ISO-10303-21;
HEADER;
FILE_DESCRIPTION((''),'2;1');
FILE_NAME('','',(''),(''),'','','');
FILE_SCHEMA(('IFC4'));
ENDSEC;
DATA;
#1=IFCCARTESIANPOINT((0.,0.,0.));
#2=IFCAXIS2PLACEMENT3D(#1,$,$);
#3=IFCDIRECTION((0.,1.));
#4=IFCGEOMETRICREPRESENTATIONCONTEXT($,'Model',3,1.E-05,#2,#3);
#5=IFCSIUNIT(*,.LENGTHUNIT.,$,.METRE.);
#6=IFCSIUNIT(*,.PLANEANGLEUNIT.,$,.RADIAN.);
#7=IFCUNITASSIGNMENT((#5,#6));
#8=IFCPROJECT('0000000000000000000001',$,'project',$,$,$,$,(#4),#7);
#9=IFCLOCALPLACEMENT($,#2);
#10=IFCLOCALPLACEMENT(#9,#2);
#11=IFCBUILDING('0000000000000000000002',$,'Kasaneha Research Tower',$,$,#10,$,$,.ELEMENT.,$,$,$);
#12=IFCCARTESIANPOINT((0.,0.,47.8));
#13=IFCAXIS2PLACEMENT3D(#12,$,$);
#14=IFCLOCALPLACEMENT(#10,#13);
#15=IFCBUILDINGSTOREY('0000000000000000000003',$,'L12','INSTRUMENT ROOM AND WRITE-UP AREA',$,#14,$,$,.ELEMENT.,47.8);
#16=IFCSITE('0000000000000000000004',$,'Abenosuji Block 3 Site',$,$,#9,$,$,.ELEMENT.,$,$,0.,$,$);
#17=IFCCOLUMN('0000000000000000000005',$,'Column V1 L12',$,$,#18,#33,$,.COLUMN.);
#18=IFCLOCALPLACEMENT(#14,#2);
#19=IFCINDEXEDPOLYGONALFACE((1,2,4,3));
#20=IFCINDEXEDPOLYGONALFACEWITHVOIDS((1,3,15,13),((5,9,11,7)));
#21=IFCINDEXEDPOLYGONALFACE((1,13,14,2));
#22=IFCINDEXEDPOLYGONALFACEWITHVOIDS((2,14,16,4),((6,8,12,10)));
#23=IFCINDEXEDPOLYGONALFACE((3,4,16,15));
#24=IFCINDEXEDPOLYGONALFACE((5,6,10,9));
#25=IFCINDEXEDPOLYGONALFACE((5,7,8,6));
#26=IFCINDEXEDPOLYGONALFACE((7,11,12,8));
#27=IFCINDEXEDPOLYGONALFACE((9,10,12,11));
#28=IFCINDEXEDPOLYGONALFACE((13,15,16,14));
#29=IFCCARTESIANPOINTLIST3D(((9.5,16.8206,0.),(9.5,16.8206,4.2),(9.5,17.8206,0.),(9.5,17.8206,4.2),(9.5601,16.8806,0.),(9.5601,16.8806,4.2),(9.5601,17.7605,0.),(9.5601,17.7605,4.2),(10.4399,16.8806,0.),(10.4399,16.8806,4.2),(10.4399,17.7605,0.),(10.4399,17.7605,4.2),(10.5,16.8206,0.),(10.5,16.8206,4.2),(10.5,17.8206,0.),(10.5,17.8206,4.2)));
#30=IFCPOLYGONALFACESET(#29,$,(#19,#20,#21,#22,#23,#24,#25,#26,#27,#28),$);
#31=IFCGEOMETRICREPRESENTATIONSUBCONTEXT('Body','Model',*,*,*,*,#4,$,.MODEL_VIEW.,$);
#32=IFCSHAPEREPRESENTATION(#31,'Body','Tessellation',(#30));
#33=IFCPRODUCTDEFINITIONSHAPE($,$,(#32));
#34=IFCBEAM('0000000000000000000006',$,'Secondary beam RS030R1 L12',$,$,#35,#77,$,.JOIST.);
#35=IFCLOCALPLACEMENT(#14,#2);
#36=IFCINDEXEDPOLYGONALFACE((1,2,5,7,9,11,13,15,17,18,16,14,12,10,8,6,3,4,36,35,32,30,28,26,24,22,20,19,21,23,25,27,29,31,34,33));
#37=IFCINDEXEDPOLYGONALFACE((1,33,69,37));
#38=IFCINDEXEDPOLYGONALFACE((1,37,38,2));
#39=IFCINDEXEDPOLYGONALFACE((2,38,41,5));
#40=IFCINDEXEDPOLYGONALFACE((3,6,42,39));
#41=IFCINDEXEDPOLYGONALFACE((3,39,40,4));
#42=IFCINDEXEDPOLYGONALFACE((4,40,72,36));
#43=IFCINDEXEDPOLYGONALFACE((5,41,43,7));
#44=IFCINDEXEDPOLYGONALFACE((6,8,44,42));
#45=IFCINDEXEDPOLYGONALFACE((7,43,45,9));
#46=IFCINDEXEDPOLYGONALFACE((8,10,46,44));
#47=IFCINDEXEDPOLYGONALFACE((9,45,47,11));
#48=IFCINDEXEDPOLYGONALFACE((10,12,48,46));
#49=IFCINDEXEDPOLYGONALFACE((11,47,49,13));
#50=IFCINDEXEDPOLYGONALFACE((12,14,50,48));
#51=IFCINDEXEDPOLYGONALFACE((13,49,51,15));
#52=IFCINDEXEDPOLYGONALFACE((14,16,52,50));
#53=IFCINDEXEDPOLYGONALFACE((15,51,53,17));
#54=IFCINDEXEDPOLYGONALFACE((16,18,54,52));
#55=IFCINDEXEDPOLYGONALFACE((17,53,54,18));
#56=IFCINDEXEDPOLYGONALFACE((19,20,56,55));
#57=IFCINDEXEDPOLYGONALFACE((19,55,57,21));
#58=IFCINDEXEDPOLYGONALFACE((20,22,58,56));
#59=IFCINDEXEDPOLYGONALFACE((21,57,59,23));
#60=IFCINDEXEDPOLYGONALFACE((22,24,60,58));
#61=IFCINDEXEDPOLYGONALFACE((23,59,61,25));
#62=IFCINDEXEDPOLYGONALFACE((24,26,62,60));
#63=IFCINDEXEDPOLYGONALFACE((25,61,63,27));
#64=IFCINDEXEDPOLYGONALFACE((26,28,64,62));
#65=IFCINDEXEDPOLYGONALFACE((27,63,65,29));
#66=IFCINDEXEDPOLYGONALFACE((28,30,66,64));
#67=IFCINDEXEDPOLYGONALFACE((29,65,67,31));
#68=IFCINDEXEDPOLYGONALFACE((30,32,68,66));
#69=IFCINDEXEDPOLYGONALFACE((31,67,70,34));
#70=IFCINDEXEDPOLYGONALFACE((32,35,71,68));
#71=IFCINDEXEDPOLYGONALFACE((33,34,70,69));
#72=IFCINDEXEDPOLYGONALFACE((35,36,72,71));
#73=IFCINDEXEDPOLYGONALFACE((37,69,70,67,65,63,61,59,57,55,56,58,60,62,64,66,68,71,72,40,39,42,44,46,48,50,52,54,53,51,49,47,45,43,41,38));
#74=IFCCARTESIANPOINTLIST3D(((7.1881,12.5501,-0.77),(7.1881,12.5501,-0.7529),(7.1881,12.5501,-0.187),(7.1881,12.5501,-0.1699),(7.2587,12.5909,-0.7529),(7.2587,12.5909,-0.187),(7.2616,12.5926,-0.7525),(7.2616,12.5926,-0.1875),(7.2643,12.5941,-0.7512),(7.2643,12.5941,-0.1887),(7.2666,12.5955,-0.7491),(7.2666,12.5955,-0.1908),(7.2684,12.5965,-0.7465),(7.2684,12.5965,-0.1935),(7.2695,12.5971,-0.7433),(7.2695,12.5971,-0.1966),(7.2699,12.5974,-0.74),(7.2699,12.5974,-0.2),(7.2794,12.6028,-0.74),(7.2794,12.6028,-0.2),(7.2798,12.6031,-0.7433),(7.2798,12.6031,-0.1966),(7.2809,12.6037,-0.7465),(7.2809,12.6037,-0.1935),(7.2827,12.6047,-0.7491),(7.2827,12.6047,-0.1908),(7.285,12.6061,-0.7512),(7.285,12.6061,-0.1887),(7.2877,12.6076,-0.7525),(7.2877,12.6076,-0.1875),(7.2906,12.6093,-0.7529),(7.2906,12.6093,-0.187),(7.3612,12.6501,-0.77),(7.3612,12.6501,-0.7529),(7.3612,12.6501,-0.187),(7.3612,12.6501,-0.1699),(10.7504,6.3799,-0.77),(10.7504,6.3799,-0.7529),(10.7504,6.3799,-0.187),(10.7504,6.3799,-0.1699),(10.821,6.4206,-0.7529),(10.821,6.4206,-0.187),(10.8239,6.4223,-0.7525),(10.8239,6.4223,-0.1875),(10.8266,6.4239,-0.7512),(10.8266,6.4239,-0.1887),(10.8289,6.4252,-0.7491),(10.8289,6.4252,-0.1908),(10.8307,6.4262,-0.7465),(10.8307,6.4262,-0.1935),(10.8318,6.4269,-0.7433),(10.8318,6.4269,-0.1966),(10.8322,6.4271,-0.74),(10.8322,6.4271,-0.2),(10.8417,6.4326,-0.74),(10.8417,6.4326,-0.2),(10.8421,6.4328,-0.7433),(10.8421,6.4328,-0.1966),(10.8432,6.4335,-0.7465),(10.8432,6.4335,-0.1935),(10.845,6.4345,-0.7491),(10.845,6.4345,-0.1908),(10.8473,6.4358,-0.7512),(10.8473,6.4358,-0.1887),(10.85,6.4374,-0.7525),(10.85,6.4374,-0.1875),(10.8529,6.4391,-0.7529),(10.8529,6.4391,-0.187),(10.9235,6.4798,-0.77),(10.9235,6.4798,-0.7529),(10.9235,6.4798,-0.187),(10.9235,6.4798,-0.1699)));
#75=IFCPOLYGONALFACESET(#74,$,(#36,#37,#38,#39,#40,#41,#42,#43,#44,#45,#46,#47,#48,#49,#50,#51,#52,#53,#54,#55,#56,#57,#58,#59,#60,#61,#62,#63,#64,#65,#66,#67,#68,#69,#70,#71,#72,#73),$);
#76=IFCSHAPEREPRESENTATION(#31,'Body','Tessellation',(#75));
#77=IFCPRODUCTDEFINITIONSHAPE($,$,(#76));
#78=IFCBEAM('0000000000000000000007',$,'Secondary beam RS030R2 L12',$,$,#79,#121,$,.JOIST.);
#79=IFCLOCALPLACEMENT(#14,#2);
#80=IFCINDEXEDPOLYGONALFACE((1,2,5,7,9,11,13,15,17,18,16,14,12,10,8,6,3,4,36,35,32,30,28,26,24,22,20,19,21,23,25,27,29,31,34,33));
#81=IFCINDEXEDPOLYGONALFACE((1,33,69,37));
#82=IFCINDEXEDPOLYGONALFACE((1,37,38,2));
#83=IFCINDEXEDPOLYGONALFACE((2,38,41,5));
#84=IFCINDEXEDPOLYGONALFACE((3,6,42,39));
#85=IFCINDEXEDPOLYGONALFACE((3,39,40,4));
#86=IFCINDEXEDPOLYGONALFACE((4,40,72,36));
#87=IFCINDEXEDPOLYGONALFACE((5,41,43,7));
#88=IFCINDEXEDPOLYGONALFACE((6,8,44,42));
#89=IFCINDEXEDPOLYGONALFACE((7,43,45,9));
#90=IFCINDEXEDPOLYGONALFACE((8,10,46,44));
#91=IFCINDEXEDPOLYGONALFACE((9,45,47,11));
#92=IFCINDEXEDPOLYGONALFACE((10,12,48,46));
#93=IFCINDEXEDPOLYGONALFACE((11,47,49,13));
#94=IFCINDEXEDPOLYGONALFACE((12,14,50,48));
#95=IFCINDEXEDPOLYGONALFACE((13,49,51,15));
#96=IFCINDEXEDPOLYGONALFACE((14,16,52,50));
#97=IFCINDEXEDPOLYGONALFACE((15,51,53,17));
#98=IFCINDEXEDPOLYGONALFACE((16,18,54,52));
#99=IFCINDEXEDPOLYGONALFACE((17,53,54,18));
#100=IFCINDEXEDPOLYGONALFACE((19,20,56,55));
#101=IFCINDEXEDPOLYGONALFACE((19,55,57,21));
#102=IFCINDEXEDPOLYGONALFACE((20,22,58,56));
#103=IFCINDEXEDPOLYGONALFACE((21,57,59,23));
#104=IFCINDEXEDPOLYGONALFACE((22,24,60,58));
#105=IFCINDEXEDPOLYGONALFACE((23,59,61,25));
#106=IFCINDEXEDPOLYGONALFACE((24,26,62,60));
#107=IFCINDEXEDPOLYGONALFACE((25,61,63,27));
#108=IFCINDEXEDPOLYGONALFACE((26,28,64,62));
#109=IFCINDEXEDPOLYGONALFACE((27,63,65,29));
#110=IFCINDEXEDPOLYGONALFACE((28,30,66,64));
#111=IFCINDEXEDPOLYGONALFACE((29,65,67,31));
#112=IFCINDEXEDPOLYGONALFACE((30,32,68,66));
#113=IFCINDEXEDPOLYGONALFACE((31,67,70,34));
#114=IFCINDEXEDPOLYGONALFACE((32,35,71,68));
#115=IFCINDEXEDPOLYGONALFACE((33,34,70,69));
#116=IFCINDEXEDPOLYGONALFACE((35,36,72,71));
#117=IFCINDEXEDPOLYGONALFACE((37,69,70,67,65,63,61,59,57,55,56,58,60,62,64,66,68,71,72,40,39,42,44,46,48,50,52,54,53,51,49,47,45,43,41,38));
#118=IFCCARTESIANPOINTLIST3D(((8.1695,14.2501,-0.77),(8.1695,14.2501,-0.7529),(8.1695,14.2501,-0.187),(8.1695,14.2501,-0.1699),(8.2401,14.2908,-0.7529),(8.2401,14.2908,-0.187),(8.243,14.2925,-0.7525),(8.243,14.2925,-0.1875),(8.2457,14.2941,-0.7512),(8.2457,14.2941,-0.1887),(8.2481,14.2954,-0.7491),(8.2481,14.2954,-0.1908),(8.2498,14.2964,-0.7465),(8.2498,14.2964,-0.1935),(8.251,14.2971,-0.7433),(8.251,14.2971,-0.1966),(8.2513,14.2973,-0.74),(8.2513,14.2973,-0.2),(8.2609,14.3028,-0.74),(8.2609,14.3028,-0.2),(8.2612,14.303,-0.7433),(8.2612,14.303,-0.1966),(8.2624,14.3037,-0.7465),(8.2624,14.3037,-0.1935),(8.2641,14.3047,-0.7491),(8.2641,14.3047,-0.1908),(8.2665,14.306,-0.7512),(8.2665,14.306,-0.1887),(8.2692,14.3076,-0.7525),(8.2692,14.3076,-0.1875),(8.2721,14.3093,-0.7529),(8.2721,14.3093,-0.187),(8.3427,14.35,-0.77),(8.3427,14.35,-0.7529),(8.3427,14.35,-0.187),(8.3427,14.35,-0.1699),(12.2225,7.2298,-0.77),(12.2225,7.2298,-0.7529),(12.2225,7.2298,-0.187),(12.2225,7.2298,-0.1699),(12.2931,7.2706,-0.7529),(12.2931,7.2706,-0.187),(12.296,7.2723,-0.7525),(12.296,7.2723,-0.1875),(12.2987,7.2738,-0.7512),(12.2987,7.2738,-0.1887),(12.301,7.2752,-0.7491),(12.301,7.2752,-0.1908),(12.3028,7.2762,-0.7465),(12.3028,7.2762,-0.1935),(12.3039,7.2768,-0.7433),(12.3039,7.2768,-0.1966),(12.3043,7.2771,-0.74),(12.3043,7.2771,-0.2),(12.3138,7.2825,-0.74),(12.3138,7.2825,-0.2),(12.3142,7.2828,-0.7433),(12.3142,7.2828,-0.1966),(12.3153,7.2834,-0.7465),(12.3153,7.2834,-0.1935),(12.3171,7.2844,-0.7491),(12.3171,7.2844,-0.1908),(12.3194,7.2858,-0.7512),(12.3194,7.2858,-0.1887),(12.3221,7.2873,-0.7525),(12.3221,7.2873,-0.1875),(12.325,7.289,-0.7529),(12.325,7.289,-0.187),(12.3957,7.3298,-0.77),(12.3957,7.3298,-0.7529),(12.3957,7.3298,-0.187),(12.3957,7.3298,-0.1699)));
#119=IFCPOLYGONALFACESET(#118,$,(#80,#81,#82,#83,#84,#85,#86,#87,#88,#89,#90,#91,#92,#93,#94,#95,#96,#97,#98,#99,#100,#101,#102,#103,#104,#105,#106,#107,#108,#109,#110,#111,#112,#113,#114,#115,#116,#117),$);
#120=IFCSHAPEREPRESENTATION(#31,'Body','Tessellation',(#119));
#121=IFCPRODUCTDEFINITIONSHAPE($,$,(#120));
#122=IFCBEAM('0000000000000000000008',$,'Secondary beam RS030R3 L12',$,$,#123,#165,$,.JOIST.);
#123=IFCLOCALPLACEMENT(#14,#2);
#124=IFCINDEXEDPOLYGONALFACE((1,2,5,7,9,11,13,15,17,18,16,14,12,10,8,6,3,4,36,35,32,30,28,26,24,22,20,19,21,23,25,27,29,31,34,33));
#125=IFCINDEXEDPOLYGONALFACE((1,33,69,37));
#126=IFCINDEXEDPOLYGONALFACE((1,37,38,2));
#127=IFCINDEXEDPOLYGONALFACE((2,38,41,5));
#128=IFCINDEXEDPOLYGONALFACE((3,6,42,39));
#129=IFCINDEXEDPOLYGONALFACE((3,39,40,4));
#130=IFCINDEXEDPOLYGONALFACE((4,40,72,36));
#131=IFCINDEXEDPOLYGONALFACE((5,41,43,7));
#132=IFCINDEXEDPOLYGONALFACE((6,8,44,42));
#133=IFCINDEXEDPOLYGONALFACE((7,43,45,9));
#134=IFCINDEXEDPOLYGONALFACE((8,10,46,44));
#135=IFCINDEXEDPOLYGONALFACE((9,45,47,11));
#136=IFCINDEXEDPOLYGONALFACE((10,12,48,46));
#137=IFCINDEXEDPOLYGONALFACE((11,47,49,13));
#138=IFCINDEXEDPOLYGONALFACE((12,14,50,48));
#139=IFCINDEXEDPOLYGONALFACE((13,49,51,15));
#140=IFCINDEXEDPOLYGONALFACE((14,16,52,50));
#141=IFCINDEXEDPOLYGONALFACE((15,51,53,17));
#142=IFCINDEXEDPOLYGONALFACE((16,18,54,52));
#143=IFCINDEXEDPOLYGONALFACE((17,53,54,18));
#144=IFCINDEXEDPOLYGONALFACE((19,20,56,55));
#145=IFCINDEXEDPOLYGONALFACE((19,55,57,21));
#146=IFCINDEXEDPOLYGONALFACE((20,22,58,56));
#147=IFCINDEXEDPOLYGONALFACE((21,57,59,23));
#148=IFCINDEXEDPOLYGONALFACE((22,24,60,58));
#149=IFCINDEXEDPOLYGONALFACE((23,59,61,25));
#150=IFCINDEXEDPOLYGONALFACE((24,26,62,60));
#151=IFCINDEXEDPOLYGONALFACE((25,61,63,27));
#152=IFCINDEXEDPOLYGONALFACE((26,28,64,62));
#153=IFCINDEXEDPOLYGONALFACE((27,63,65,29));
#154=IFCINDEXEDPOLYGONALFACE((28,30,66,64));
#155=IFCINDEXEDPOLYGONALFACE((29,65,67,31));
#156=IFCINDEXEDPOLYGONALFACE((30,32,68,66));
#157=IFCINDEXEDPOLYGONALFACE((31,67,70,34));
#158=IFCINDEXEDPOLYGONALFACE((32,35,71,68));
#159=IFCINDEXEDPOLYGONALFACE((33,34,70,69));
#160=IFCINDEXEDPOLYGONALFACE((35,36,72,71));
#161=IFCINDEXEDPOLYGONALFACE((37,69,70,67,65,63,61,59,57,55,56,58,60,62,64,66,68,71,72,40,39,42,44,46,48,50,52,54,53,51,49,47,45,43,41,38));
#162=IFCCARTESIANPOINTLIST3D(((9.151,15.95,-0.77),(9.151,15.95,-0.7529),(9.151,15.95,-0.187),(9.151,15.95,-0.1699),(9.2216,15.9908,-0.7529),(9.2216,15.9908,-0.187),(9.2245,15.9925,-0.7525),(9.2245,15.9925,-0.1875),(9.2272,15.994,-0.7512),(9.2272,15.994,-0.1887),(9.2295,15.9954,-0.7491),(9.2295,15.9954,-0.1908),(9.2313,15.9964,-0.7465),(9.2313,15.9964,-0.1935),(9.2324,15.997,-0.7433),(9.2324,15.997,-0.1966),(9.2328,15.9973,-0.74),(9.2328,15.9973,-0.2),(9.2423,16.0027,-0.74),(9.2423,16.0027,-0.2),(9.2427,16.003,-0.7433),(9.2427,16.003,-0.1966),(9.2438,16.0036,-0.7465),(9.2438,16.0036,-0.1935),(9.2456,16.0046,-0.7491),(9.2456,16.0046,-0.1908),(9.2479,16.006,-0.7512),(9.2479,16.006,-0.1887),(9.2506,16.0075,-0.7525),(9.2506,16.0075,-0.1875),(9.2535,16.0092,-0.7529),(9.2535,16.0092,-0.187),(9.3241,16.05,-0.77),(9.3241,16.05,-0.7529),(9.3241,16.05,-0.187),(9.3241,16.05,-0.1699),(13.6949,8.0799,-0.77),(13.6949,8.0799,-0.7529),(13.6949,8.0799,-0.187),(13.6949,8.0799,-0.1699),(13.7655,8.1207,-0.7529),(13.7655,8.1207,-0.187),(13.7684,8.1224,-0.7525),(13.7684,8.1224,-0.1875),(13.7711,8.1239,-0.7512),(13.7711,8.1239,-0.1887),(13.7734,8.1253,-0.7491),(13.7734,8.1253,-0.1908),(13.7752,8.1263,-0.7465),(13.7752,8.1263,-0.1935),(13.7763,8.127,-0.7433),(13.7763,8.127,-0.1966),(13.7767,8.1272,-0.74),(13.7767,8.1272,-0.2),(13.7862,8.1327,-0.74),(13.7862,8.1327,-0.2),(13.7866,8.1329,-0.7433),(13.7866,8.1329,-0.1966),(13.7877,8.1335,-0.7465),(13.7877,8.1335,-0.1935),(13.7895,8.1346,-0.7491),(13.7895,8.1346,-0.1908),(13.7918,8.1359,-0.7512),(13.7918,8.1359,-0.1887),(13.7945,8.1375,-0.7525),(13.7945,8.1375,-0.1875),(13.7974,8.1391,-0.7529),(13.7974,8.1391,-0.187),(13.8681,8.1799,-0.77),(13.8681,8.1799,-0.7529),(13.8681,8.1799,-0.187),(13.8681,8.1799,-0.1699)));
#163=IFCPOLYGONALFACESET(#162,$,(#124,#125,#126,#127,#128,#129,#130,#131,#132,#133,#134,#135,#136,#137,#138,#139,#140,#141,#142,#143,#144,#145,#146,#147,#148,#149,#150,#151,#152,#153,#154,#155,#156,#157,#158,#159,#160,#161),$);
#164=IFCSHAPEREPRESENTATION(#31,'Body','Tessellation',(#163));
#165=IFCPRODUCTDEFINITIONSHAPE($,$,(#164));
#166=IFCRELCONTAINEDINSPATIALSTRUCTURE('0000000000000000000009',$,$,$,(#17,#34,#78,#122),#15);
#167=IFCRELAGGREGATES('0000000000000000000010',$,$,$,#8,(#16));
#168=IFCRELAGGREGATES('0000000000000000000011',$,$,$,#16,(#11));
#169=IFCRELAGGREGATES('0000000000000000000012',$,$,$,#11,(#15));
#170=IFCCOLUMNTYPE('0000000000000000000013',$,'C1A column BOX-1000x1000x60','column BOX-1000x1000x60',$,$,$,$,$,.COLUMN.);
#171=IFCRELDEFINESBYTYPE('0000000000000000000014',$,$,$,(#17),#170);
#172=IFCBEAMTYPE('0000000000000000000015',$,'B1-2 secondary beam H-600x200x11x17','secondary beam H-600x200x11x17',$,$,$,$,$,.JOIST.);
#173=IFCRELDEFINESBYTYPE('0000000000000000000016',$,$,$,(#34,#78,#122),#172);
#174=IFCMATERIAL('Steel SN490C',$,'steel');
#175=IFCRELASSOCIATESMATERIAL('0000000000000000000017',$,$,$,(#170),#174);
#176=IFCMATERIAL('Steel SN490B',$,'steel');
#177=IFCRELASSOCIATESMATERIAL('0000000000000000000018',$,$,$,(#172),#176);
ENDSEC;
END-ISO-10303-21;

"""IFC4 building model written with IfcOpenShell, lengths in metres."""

from ifc_helpers import new_model, si_unit, direction, frame, origin, origin_2d, place, context, subcontext, project, spatial, hollow_rectangle, i_section, extrude, material, material_profile, profile_set, type_object, element, save


model = new_model("IFC4")

# Units and contexts
model_context = context("Model", 3, precision=1e-05, world=origin(), true_north=direction((0.0, 1.0)))
body_context = subcontext(model_context, "Body", "Model", "MODEL_VIEW")
ifc_project = project(units=[si_unit("LENGTHUNIT", "METRE"), si_unit("PLANEANGLEUNIT", "RADIAN")], contexts=[model_context])

# Site, building, storey
site_placement = place(None, origin())
site = spatial("IfcSite", under=ifc_project, at=site_placement, Name="Abenosuji Block 3 Site", CompositionType="ELEMENT", RefElevation=0.0)
building_placement = place(site_placement, origin())
building = spatial("IfcBuilding", under=site, at=building_placement, Name="Kasaneha Research Tower", CompositionType="ELEMENT")
storey_placement = place(building_placement, frame((0.0, 0.0, 47.8)))
storey = spatial("IfcBuildingStorey", under=building, at=storey_placement, Name="L12", Description="INSTRUMENT ROOM AND WRITE-UP AREA", CompositionType="ELEMENT", Elevation=47.8)

# Column
ifc_material_1 = material(Name="Steel SN490C", Category="steel")
ifc_material_profile_1 = material_profile(ifc_material_1, hollow_rectangle(XDim=1.0, YDim=1.0, WallThickness=0.0601, at=origin_2d()), Name="BOX-1000x1000x60")
ifc_profile_set_1 = profile_set([ifc_material_profile_1], Name="Steel SN490C")
column_type = type_object("IfcColumnType", Name="C1A column BOX-1000x1000x60", Description="column BOX-1000x1000x60", PredefinedType="COLUMN", material=ifc_profile_set_1)
column_placement = place(storey_placement, frame((10.0, 17.3206, 0.0), z_axis=(0.0, 0.0, 1.0), x_axis=(1.0, 0.0, 0.0)))
element("IfcColumn", 1, at=column_placement, inside=storey, type_object=column_type, Name="Column V1 L12", PredefinedType="COLUMN", context=body_context, shape_type="SweptSolid", body=[
    extrude(hollow_rectangle(XDim=1.0, YDim=1.0, WallThickness=0.0601, at=origin_2d()), origin(), (0.0, 0.0, 1.0), 4.2),
])

# Beams
ifc_material_2 = material(Name="Steel SN490B", Category="steel")
ifc_material_profile_2 = material_profile(ifc_material_2, i_section(OverallWidth=0.2, OverallDepth=0.6001, WebThickness=0.011, FlangeThickness=0.0171, FilletRadius=0.0129, at=origin_2d()), Name="H-600x200x11x17")
ifc_profile_set_2 = profile_set([ifc_material_profile_2], Name="Steel SN490B")
beam_type_1 = type_object("IfcBeamType", Name="B1-2 secondary beam H-600x200x11x17", Description="secondary beam H-600x200x11x17", PredefinedType="JOIST", material=ifc_profile_set_2)
beam_1_placement = place(storey_placement, frame((7.2747, 12.6001, -0.47), z_axis=(0.49999, -0.866031, 0.0), x_axis=(0.866031, 0.49999, 0.0)))
element("IfcBeam", 2, at=beam_1_placement, inside=storey, type_object=beam_type_1, Name="Secondary beam RS030R1 L12", PredefinedType="JOIST", context=body_context, shape_type="SweptSolid", body=[
    extrude(i_section(OverallWidth=0.2, OverallDepth=0.6001, WebThickness=0.011, FlangeThickness=0.0171, FilletRadius=0.0129, at=origin_2d()), origin(), (0.0, 0.0, 1.0), 7.1248),
])
beam_2_placement = place(storey_placement, frame((8.2561, 14.3, -0.47), z_axis=(0.499984, -0.866035, 0.0), x_axis=(0.866035, 0.499984, 0.0)))
element("IfcBeam", 3, at=beam_2_placement, inside=storey, type_object=beam_type_1, Name="Secondary beam RS030R2 L12", PredefinedType="JOIST", context=body_context, shape_type="SweptSolid", body=[
    extrude(i_section(OverallWidth=0.2, OverallDepth=0.6001, WebThickness=0.011, FlangeThickness=0.0171, FilletRadius=0.0129, at=origin_2d()), origin(), (0.0, 0.0, 1.0), 8.1062),
])
beam_3_placement = place(storey_placement, frame((9.2375, 16.0, -0.47), z_axis=(0.500011, -0.866019, 0.0), x_axis=(0.866019, 0.500011, 0.0)))
element("IfcBeam", 4, at=beam_3_placement, inside=storey, type_object=beam_type_1, Name="Secondary beam RS030R3 L12", PredefinedType="JOIST", context=body_context, shape_type="SweptSolid", body=[
    extrude(i_section(OverallWidth=0.2, OverallDepth=0.6001, WebThickness=0.011, FlangeThickness=0.0171, FilletRadius=0.0129, at=origin_2d()), origin(), (0.0, 0.0, 1.0), 9.0876),
])

save(model, "model.ifc")
